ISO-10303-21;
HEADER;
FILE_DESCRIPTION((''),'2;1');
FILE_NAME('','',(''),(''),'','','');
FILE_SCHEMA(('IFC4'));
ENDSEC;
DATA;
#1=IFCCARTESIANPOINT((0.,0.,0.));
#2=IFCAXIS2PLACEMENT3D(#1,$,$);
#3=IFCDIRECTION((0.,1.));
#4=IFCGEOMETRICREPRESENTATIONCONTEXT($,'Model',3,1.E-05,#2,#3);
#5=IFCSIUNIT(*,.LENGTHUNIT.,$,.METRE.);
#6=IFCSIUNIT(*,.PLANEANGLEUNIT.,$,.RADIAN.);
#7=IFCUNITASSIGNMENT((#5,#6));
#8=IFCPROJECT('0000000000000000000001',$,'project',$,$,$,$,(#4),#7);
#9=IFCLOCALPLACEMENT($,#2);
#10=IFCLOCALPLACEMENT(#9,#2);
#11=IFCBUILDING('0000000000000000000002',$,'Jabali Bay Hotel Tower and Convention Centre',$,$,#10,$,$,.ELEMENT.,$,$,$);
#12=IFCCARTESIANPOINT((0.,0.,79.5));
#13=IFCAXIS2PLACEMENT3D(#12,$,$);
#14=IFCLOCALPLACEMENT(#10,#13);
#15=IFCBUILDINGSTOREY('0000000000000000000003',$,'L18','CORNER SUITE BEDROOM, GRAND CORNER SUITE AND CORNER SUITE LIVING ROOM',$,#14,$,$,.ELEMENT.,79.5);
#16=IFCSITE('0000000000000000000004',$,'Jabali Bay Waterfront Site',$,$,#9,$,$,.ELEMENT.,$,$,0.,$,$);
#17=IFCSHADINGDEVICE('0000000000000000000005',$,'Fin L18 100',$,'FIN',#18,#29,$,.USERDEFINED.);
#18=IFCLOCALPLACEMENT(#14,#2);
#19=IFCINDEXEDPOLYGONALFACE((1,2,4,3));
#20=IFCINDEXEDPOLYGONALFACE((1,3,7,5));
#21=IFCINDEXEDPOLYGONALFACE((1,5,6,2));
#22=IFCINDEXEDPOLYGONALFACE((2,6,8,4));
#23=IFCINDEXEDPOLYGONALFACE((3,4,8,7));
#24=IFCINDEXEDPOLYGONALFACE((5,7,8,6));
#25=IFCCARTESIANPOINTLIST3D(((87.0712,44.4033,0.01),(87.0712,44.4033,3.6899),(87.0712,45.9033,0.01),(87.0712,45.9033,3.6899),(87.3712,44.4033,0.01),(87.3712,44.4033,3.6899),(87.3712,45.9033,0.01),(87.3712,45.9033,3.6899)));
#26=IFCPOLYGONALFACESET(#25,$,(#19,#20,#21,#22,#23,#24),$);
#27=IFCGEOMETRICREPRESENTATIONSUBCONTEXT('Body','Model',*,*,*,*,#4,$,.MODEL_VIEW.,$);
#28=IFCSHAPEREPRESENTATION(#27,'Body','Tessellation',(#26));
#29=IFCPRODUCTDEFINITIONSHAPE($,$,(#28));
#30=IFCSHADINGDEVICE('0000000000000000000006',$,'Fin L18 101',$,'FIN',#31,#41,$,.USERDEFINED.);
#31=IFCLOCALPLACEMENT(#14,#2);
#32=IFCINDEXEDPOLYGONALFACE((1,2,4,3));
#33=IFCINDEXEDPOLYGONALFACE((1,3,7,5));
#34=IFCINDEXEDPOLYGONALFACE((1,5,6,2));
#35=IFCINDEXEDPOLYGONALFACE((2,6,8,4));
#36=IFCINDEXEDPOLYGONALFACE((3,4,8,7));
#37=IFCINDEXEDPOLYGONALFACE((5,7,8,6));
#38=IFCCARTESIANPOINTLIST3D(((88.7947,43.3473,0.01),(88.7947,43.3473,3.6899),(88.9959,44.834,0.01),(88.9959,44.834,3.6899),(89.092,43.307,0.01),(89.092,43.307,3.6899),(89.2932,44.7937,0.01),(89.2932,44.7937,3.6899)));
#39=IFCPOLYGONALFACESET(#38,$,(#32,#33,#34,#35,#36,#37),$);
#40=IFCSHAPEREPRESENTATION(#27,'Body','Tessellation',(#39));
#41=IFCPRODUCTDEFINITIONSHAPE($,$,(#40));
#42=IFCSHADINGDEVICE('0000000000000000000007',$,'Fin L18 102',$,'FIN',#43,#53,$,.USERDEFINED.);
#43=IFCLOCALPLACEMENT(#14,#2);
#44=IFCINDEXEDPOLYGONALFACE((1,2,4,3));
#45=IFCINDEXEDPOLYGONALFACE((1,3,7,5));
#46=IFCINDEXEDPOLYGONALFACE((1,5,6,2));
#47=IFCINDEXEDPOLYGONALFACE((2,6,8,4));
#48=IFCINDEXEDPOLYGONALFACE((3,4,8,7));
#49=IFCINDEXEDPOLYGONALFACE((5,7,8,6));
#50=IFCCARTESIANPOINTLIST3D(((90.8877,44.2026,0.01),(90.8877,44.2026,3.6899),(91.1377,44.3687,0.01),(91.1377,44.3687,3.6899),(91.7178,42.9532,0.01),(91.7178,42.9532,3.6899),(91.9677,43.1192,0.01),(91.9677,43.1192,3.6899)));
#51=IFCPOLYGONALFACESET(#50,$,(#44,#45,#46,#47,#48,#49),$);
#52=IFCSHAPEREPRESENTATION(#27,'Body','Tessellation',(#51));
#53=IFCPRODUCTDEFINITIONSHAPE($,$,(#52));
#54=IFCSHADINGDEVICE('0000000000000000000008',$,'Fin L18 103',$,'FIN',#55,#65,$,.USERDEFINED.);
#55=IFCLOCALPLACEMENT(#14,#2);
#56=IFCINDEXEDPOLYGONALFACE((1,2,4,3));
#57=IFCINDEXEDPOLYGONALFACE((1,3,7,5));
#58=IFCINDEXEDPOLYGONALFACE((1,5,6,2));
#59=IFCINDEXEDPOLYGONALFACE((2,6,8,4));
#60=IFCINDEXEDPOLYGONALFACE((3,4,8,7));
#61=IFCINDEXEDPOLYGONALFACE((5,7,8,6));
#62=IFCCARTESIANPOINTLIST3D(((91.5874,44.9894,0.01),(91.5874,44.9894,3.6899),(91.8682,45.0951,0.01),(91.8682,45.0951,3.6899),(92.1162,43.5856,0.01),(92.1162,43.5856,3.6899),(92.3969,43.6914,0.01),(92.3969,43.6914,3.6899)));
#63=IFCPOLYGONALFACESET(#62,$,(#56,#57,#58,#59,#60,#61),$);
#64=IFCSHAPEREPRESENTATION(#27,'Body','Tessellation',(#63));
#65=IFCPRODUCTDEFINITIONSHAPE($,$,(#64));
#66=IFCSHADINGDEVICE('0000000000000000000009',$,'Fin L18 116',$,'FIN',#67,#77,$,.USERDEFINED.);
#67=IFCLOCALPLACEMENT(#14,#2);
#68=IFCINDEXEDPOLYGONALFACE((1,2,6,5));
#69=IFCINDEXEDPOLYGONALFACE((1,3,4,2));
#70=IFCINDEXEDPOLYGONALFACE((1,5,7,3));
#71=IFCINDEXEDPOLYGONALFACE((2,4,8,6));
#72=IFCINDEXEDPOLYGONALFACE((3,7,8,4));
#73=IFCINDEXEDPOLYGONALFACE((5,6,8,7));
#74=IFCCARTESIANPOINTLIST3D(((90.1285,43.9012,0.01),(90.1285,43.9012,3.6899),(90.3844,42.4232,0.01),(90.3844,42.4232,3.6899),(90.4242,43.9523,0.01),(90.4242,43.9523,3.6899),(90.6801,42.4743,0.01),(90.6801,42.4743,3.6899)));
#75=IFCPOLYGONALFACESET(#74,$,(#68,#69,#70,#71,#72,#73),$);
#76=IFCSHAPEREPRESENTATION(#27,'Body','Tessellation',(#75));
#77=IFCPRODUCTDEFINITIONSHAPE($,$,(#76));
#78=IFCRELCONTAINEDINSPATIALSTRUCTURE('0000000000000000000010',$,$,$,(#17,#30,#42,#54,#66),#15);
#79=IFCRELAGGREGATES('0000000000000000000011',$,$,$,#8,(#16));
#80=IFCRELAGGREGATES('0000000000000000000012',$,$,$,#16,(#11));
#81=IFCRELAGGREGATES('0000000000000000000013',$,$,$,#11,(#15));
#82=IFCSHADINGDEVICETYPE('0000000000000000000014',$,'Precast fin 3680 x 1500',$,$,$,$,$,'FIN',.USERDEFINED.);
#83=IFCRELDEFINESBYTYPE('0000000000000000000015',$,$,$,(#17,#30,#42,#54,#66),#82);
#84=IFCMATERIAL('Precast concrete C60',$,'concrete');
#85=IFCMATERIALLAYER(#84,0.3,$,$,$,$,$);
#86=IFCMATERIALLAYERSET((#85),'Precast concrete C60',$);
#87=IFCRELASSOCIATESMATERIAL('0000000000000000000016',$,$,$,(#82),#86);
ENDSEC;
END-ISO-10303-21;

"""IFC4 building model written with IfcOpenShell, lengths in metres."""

from ifc_helpers import new_model, si_unit, direction, frame, frame_2d, origin, place, context, subcontext, project, spatial, rectangle, extrude, material, layer, layer_set, type_object, element, save


model = new_model("IFC4")

# Units and contexts
model_context = context("Model", 3, precision=1e-05, world=origin(), true_north=direction((0.0, 1.0)))
body_context = subcontext(model_context, "Body", "Model", "MODEL_VIEW")
ifc_project = project(units=[si_unit("LENGTHUNIT", "METRE"), si_unit("PLANEANGLEUNIT", "RADIAN")], contexts=[model_context])

# Site, building, storey
site_placement = place(None, origin())
site = spatial("IfcSite", under=ifc_project, at=site_placement, Name="Jabali Bay Waterfront Site", CompositionType="ELEMENT", RefElevation=0.0)
building_placement = place(site_placement, origin())
building = spatial("IfcBuilding", under=site, at=building_placement, Name="Jabali Bay Hotel Tower and Convention Centre", CompositionType="ELEMENT")
storey_placement = place(building_placement, frame((0.0, 0.0, 79.5)))
storey = spatial("IfcBuildingStorey", under=building, at=storey_placement, Name="L18", Description="CORNER SUITE BEDROOM, GRAND CORNER SUITE AND CORNER SUITE LIVING ROOM", CompositionType="ELEMENT", Elevation=79.5)

# Shading devices
ifc_material_1 = material(Name="Precast concrete C60", Category="concrete")
ifc_layer_1 = layer(ifc_material_1, 0.3)
ifc_layer_set_1 = layer_set([ifc_layer_1], Name="Precast concrete C60")
shading_device_type = type_object("IfcShadingDeviceType", Name="Precast fin 3680 x 1500", ElementType="FIN", PredefinedType="USERDEFINED", material=ifc_layer_set_1)
for number, where, z_axis, x_axis, name in (
    (1, (87.2212, 45.9033, 0.01), (0.0, 0.0, 1.0), (0.0, -1.0, 0.0), "Fin L18 100"),
):
    element("IfcShadingDevice", number, at=place(storey_placement, frame(where, z_axis=z_axis, x_axis=x_axis)), inside=storey, type_object=shading_device_type, Name=name, ObjectType="FIN", PredefinedType="USERDEFINED", context=body_context, shape_type="SweptSolid", body=[
        extrude(rectangle(XDim=1.5, YDim=0.3, at=frame_2d((0.75, 0.0))), origin(), (0.0, 0.0, 1.0), 3.6799),
    ])
shading_device_1_placement = place(storey_placement, frame((89.1445, 44.8137, 0.01), z_axis=(0.0, 0.0, 1.0), x_axis=(-0.134104, -0.990967, 0.0)))
element("IfcShadingDevice", 2, at=shading_device_1_placement, inside=storey, type_object=shading_device_type, Name="Fin L18 101", ObjectType="FIN", PredefinedType="USERDEFINED", context=body_context, shape_type="SweptSolid", body=[
    extrude(rectangle(XDim=1.5002, YDim=0.3, at=frame_2d((0.75, 0.0))), origin(), (0.0, 0.0, 1.0), 3.6799),
])
for number, where, z_axis, x_axis, name in (
    (3, (91.0127, 44.2856, 0.01), (0.0, 0.0, 1.0), (0.553347, -0.832951, 0.0), "Fin L18 102"),
    (4, (91.7278, 45.0422, 0.01), (0.0, 0.0, 1.0), (0.352514, -0.935806, 0.0), "Fin L18 103"),
    (5, (90.2764, 43.9268, 0.01), (0.0, 0.0, 1.0), (0.170572, -0.985345, 0.0), "Fin L18 116"),
):
    element("IfcShadingDevice", number, at=place(storey_placement, frame(where, z_axis=z_axis, x_axis=x_axis)), inside=storey, type_object=shading_device_type, Name=name, ObjectType="FIN", PredefinedType="USERDEFINED", context=body_context, shape_type="SweptSolid", body=[
        extrude(rectangle(XDim=1.5, YDim=0.3, at=frame_2d((0.75, 0.0))), origin(), (0.0, 0.0, 1.0), 3.6799),
    ])

save(model, "model.ifc")
